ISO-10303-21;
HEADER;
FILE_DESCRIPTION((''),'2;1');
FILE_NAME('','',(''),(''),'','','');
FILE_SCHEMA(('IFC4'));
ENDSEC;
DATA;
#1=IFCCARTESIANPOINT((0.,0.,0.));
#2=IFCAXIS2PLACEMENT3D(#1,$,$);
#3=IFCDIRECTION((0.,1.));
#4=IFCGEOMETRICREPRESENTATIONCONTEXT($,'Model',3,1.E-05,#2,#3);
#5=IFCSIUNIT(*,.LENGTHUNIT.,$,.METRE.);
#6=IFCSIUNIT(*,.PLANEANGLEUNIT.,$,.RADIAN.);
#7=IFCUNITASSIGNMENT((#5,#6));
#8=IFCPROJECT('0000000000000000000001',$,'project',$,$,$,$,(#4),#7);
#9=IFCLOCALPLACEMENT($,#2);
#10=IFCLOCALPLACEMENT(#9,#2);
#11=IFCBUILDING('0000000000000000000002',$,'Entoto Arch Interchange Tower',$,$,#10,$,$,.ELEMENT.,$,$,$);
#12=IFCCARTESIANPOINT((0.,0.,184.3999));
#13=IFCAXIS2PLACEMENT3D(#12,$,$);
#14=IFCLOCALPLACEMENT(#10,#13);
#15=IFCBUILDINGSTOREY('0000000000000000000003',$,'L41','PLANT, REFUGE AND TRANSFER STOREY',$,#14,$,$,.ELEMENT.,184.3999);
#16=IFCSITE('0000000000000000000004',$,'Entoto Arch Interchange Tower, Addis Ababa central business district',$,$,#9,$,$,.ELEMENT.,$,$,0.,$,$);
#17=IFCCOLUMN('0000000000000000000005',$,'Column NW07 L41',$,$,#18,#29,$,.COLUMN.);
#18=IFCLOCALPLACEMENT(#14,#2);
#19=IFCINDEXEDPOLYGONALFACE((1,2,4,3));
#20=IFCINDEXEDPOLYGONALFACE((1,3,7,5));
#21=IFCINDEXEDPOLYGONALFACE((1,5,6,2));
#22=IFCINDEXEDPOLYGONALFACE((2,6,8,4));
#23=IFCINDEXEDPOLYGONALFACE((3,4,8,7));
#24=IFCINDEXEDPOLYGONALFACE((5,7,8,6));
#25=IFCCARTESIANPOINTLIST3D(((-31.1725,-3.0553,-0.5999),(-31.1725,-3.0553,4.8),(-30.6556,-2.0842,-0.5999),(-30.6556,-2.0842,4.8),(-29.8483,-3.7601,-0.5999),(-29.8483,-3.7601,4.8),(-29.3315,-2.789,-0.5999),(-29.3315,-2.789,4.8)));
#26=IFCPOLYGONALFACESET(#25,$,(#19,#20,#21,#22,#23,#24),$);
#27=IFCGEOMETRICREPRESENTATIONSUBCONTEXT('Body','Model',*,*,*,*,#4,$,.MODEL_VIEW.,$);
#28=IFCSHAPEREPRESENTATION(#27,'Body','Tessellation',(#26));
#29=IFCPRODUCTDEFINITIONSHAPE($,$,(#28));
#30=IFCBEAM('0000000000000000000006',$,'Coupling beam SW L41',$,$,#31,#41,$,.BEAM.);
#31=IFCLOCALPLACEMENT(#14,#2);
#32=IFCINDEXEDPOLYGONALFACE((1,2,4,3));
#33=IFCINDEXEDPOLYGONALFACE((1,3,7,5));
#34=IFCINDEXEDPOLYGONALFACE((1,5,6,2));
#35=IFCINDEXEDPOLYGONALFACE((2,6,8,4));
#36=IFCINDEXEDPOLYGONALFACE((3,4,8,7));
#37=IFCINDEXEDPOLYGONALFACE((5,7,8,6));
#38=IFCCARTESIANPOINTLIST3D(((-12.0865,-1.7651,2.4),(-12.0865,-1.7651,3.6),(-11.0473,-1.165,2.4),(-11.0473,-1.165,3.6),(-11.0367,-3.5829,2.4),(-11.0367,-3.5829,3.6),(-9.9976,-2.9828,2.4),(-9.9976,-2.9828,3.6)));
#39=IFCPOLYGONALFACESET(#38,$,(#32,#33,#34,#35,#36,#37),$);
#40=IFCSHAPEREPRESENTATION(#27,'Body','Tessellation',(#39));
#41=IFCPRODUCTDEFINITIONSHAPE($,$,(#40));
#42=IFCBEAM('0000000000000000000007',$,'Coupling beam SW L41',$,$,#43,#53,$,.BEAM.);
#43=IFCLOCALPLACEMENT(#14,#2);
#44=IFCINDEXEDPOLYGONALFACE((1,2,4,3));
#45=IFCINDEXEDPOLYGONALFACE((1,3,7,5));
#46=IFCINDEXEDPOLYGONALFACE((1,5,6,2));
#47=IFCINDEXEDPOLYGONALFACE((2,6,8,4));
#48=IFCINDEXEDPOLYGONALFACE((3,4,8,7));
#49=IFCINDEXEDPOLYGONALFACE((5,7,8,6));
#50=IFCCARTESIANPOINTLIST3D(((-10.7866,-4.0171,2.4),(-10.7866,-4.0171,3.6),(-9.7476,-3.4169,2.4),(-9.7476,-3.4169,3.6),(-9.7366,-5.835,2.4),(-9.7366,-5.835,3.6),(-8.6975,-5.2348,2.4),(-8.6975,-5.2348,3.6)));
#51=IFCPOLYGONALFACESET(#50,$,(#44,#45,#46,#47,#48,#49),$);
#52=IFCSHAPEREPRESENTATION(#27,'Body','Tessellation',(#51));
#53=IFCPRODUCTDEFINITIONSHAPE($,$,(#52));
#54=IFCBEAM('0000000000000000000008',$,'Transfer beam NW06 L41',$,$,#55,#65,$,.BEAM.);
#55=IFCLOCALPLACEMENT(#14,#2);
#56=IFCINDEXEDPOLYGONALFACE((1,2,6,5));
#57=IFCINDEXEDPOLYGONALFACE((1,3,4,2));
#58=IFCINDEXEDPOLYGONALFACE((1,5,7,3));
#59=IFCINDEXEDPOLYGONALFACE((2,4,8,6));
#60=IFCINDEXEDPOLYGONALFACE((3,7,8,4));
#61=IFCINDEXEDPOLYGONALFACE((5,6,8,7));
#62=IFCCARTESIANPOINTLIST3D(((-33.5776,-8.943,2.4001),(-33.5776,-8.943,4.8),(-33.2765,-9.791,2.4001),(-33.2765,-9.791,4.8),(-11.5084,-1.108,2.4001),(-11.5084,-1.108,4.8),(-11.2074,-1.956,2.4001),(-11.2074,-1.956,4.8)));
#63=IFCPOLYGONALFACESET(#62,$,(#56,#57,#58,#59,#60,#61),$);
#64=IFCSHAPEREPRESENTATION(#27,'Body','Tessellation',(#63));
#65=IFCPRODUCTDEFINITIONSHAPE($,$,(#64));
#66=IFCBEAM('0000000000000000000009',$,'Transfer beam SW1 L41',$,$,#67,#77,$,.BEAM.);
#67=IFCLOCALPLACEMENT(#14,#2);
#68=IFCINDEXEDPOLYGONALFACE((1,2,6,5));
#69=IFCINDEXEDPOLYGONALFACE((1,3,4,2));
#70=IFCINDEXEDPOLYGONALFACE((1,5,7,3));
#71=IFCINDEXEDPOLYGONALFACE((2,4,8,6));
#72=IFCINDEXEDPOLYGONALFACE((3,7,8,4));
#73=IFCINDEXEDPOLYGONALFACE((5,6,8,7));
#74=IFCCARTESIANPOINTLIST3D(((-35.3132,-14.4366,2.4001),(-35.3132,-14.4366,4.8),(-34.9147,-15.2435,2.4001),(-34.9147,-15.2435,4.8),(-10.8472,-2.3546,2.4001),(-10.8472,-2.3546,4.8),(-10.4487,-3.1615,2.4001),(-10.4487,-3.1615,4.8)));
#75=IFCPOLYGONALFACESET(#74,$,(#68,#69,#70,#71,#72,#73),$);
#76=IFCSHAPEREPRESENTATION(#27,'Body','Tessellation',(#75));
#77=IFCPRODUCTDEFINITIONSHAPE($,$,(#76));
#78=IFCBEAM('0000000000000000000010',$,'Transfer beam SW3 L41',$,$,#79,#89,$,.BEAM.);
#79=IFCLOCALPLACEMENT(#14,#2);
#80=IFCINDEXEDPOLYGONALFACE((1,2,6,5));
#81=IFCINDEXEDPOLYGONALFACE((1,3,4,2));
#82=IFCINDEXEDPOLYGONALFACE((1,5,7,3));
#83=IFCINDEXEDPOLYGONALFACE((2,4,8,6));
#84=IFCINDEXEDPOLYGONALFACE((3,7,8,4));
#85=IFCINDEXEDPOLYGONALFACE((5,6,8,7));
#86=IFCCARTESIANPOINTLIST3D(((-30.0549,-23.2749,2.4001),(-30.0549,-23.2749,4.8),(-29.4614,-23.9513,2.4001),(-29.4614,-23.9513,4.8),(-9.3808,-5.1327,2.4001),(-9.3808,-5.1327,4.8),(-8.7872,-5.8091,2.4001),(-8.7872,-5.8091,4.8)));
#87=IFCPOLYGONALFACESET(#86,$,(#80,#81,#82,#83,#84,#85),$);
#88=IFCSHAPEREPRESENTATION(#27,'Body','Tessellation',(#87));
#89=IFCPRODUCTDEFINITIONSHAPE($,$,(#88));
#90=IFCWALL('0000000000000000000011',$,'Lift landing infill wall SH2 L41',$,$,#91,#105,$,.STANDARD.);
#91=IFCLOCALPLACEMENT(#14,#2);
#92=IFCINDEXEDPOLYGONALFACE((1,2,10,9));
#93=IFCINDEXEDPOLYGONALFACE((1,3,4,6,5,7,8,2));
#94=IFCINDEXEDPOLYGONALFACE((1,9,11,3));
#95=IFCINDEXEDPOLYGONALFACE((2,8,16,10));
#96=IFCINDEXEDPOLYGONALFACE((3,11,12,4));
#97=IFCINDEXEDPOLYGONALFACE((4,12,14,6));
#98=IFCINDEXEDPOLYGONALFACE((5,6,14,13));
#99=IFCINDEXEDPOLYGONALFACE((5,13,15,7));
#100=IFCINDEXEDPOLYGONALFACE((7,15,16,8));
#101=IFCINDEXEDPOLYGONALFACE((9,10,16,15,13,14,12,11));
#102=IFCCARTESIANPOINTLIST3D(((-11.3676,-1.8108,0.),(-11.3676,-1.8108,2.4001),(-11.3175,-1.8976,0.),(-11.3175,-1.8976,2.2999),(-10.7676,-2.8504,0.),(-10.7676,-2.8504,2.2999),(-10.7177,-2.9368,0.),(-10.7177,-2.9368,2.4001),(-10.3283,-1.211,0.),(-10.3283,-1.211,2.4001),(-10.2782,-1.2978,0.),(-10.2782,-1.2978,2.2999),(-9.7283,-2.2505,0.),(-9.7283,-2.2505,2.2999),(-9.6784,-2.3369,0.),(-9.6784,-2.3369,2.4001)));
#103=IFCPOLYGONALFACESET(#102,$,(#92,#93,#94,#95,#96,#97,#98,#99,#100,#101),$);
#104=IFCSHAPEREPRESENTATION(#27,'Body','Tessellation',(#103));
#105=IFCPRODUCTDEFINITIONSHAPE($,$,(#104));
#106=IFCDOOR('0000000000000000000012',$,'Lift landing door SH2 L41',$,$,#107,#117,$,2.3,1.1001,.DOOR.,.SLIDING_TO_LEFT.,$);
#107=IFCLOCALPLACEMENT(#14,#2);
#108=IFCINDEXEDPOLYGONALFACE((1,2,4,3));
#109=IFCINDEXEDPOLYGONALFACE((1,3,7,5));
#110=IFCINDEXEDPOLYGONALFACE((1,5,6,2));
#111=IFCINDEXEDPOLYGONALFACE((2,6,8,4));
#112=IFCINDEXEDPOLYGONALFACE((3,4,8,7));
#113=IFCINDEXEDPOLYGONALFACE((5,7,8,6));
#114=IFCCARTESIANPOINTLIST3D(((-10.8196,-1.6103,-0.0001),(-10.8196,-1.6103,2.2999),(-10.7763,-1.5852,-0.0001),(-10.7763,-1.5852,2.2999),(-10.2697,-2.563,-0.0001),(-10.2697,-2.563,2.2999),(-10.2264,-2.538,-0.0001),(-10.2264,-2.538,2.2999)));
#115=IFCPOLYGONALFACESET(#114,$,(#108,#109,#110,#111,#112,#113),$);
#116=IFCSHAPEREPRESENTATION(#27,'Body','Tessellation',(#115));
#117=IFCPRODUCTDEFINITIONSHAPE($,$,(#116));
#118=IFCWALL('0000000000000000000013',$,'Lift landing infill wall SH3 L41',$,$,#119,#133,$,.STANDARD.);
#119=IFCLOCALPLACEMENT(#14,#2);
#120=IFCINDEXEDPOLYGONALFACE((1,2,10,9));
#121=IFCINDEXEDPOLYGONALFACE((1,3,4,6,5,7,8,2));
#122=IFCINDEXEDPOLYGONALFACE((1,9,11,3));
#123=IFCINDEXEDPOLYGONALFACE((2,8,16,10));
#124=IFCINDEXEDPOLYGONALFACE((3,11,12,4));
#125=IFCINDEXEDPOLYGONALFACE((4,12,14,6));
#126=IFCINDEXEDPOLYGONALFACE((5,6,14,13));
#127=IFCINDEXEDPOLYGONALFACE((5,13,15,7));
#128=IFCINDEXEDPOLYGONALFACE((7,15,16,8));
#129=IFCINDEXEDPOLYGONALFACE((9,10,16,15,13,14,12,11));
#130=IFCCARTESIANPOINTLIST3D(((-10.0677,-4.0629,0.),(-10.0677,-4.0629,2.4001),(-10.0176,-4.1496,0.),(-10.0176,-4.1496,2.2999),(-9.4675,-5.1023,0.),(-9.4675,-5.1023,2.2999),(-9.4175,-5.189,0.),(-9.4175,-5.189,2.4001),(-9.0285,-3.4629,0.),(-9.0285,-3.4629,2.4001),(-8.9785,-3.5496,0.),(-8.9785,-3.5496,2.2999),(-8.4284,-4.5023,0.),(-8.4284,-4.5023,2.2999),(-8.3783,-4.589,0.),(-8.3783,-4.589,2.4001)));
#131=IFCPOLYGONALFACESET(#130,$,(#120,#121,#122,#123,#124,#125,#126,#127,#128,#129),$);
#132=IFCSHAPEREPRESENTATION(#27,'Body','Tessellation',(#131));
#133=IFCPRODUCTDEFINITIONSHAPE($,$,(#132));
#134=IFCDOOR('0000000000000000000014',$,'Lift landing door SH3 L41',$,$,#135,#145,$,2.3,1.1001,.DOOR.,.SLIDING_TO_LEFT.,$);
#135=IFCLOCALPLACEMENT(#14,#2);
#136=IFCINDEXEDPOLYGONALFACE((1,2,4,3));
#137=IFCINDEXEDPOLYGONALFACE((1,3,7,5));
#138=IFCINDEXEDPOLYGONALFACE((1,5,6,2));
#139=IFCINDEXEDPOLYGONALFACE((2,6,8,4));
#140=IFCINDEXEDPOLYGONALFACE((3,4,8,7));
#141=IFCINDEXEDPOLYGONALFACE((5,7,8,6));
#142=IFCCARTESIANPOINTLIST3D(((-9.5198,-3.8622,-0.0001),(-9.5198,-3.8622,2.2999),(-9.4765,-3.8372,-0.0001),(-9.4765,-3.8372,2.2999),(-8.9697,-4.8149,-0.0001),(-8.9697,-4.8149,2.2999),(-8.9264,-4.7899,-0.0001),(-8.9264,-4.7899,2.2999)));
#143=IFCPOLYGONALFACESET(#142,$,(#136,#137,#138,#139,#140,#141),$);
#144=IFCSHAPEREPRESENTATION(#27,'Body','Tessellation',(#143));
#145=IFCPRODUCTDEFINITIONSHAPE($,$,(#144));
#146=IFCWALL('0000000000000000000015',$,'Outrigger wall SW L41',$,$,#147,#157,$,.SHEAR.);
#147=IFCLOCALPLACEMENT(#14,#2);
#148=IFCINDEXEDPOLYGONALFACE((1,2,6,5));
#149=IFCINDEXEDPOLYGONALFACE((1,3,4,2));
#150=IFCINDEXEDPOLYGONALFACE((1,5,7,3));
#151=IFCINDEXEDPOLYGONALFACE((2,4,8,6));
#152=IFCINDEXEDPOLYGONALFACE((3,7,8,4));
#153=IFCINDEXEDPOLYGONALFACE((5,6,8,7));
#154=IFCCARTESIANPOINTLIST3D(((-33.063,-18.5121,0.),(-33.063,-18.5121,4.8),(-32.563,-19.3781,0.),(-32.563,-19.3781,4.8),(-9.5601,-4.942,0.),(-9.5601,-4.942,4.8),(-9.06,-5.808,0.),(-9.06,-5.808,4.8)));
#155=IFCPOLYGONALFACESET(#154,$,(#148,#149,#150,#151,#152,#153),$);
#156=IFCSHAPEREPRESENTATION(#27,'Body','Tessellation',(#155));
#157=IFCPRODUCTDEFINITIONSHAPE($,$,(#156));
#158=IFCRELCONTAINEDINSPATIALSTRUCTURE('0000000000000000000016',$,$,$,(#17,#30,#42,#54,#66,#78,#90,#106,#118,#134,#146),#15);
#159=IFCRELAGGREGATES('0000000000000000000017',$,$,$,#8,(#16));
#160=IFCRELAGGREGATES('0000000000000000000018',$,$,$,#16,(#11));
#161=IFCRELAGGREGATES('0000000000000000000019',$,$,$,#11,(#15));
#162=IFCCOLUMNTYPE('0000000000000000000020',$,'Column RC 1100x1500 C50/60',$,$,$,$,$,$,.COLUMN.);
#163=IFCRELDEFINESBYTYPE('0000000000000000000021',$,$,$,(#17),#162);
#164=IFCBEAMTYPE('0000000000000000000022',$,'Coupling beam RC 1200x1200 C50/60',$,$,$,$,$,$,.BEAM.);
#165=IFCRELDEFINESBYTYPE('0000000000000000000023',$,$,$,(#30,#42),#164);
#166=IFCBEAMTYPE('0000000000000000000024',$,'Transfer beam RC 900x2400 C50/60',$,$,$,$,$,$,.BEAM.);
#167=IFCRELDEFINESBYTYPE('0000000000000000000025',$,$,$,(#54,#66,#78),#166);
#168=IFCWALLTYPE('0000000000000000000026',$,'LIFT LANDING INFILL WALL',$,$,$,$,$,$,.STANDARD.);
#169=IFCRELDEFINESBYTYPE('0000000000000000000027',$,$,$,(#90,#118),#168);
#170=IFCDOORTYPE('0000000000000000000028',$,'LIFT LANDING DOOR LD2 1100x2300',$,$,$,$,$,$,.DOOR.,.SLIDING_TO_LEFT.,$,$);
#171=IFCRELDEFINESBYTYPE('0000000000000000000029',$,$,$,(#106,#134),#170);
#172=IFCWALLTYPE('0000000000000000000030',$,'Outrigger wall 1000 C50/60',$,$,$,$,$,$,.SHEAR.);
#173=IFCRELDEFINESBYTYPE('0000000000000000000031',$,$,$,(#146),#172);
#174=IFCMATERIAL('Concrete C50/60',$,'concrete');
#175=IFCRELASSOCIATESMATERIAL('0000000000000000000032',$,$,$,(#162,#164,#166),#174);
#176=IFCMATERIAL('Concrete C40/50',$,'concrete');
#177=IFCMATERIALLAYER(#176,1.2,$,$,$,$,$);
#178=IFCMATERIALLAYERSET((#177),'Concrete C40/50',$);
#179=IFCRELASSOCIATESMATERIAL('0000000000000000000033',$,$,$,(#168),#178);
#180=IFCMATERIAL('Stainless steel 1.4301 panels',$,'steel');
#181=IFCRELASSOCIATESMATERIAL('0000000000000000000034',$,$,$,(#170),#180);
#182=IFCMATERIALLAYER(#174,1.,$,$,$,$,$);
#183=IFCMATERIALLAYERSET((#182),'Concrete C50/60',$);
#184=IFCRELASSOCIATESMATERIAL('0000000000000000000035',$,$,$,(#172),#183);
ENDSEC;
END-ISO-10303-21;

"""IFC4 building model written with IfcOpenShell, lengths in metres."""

from ifc_helpers import new_model, si_unit, direction, frame, frame_2d, origin, origin_2d, place, context, subcontext, project, spatial, rectangle, extrude, material, layer, layer_set, material_profile, profile_set, type_object, element, fill, save


model = new_model("IFC4")

# Units and contexts
model_context = context("Model", 3, precision=1e-05, world=origin(), true_north=direction((0.0, 1.0)))
body_context = subcontext(model_context, "Body", "Model", "MODEL_VIEW")
ifc_project = project(units=[si_unit("LENGTHUNIT", "METRE"), si_unit("PLANEANGLEUNIT", "RADIAN")], contexts=[model_context])

# Site, building, storey
site_placement = place(None, origin())
site = spatial("IfcSite", under=ifc_project, at=site_placement, Name="Entoto Arch Interchange Tower, Addis Ababa central business district", CompositionType="ELEMENT", RefElevation=0.0)
building_placement = place(site_placement, origin())
building = spatial("IfcBuilding", under=site, at=building_placement, Name="Entoto Arch Interchange Tower", CompositionType="ELEMENT")
storey_placement = place(building_placement, frame((0.0, 0.0, 184.3999)))
storey = spatial("IfcBuildingStorey", under=building, at=storey_placement, Name="L41", Description="PLANT, REFUGE AND TRANSFER STOREY", CompositionType="ELEMENT", Elevation=184.3999)

# Column
ifc_material_1 = material(Name="Concrete C50/60", Category="concrete")
ifc_material_profile_1 = material_profile(ifc_material_1, rectangle(XDim=1.1001, YDim=1.5, at=origin_2d()))
ifc_profile_set_1 = profile_set([ifc_material_profile_1], Name="Concrete C50/60")
column_type = type_object("IfcColumnType", Name="Column RC 1100x1500 C50/60", PredefinedType="COLUMN", material=ifc_profile_set_1)
column_placement = place(storey_placement, frame((-30.252, -2.9221, -0.5999), z_axis=(0.0, 0.0, 1.0), x_axis=(0.469857, 0.882743, 0.0)))
element("IfcColumn", 1, at=column_placement, inside=storey, type_object=column_type, Name="Column NW07 L41", PredefinedType="COLUMN", context=body_context, shape_type="SweptSolid", body=[
    extrude(rectangle(XDim=1.1001, YDim=1.5, at=origin_2d()), origin(), (0.0, 0.0, 1.0), 5.3999),
])

# Beams
ifc_material_profile_2 = material_profile(ifc_material_1, rectangle(XDim=1.2, YDim=1.2, at=origin_2d()))
ifc_profile_set_2 = profile_set([ifc_material_profile_2], Name="Concrete C50/60")
beam_type_1 = type_object("IfcBeamType", Name="Coupling beam RC 1200x1200 C50/60", PredefinedType="BEAM", material=ifc_profile_set_2)
beam_1_placement = place(storey_placement, frame((-11.5669, -1.4651, 3.0), z_axis=(0.500092, -0.865973, 0.0), x_axis=(0.865973, 0.500092, 0.0)))
element("IfcBeam", 2, at=beam_1_placement, inside=storey, type_object=beam_type_1, Name="Coupling beam SW L41", PredefinedType="BEAM", context=body_context, shape_type="SweptSolid", body=[
    extrude(rectangle(XDim=1.2, YDim=1.2, at=origin_2d()), origin(), (0.0, 0.0, 1.0), 2.0991),
])
beam_2_placement = place(storey_placement, frame((-10.2671, -3.717, 3.0), z_axis=(0.500179, -0.865922, 0.0), x_axis=(0.865922, 0.500179, 0.0)))
element("IfcBeam", 3, at=beam_2_placement, inside=storey, type_object=beam_type_1, Name="Coupling beam SW L41", PredefinedType="BEAM", context=body_context, shape_type="SweptSolid", body=[
    extrude(rectangle(XDim=1.2, YDim=1.2, at=origin_2d()), origin(), (0.0, 0.0, 1.0), 2.0994),
])
ifc_material_profile_3 = material_profile(ifc_material_1, rectangle(XDim=0.8999, YDim=2.3999, at=origin_2d()))
ifc_profile_set_3 = profile_set([ifc_material_profile_3], Name="Concrete C50/60")
beam_type_2 = type_object("IfcBeamType", Name="Transfer beam RC 900x2400 C50/60", PredefinedType="BEAM", material=ifc_profile_set_3)
beam_3_placement = place(storey_placement, frame((-11.3579, -1.532, 3.6001), z_axis=(-0.942374, -0.334561, 0.0), x_axis=(0.334561, -0.942374, 0.0)))
element("IfcBeam", 4, at=beam_3_placement, inside=storey, type_object=beam_type_2, Name="Transfer beam NW06 L41", PredefinedType="BEAM", context=body_context, shape_type="SweptSolid", body=[
    extrude(rectangle(XDim=0.8999, YDim=2.3999, at=origin_2d()), origin(), (0.0, 0.0, 1.0), 23.4187),
])
beam_4_placement = place(storey_placement, frame((-10.6479, -2.7581, 3.6001), z_axis=(-0.89663, -0.442781, 0.0), x_axis=(0.442781, -0.89663, 0.0)))
element("IfcBeam", 5, at=beam_4_placement, inside=storey, type_object=beam_type_2, Name="Transfer beam SW1 L41", PredefinedType="BEAM", context=body_context, shape_type="SweptSolid", body=[
    extrude(rectangle(XDim=0.8999, YDim=2.3999, at=origin_2d()), origin(), (0.0, 0.0, 1.0), 27.2866),
])
beam_5_placement = place(storey_placement, frame((-9.084, -5.4709, 3.6001), z_axis=(-0.751634, -0.65958, 0.0), x_axis=(0.65958, -0.751634, 0.0)))
element("IfcBeam", 6, at=beam_5_placement, inside=storey, type_object=beam_type_2, Name="Transfer beam SW3 L41", PredefinedType="BEAM", context=body_context, shape_type="SweptSolid", body=[
    extrude(rectangle(XDim=0.8999, YDim=2.3999, at=origin_2d()), origin(), (0.0, 0.0, 1.0), 27.5056),
])

# Walls, openings, doors
ifc_material_2 = material(Name="Concrete C40/50", Category="concrete")
ifc_layer_1 = layer(ifc_material_2, 1.2)
ifc_layer_set_1 = layer_set([ifc_layer_1], Name="Concrete C40/50")
wall_type_1 = type_object("IfcWallType", Name="LIFT LANDING INFILL WALL", PredefinedType="STANDARD", material=ifc_layer_set_1)
wall_1_placement = place(storey_placement, frame((-10.8479, -1.511, 0.0), z_axis=(0.0, 0.0, 1.0), x_axis=(0.499896, -0.866086, 0.0)))
wall_1 = element("IfcWall", 7, at=wall_1_placement, inside=storey, type_object=wall_type_1, Name="Lift landing infill wall SH2 L41", PredefinedType="STANDARD", context=body_context, shape_type="SweptSolid", body=[
    extrude(rectangle(XDim=1.3, YDim=1.2, at=frame_2d((0.6499, 0.0))), origin(), (0.0, 0.0, 1.0), 2.4001),
])
opening_1_placement = place(wall_1_placement, frame((0.1001, 0.0, 0.0)))
opening_1 = element("IfcOpeningElement", 8, at=opening_1_placement, cuts=wall_1, PredefinedType="OPENING", context=body_context, shape_type="SweptSolid", body=[
    extrude(rectangle(XDim=1.1001, YDim=2.3, at=frame_2d((0.55, 1.1499))), frame((0.0, 0.6099, 0.0), z_axis=(0.0, -1.0, 0.0), x_axis=(1.0, 0.0, 0.0)), (0.0, 0.0, 1.0), 1.22),
])
ifc_material_3 = material(Name="Stainless steel 1.4301 panels", Category="steel")
door_type_1 = type_object("IfcDoorType", Name="LIFT LANDING DOOR LD2 1100x2300", OperationType="SLIDING_TO_LEFT", PredefinedType="DOOR", material=ifc_material_3)
door_1_placement = place(opening_1_placement, origin())
door_1 = element("IfcDoor", 9, at=door_1_placement, inside=storey, type_object=door_type_1, Name="Lift landing door SH2 L41", OperationType="SLIDING_TO_LEFT", OverallHeight=2.3, OverallWidth=1.1001, PredefinedType="DOOR", context=body_context, shape_type="SweptSolid", body=[
    extrude(rectangle(XDim=1.1001, YDim=2.3, at=frame_2d((0.55, 1.1499))), frame((0.0, 0.0249, 0.0), z_axis=(0.0, -1.0, 0.0), x_axis=(1.0, 0.0, 0.0)), (0.0, 0.0, 1.0), 0.05),
])
fill(opening_1, door_1)
wall_2_placement = place(storey_placement, frame((-9.5481, -3.7629, 0.0), z_axis=(0.0, 0.0, 1.0), x_axis=(0.500037, -0.866004, 0.0)))
wall_2 = element("IfcWall", 10, at=wall_2_placement, inside=storey, type_object=wall_type_1, Name="Lift landing infill wall SH3 L41", PredefinedType="STANDARD", context=body_context, shape_type="SweptSolid", body=[
    extrude(rectangle(XDim=1.3003, YDim=1.2, at=frame_2d((0.6501, 0.0))), origin(), (0.0, 0.0, 1.0), 2.4001),
])
opening_2_placement = place(wall_2_placement, frame((0.1001, 0.0, 0.0)))
opening_2 = element("IfcOpeningElement", 11, at=opening_2_placement, cuts=wall_2, PredefinedType="OPENING", context=body_context, shape_type="SweptSolid", body=[
    extrude(rectangle(XDim=1.1001, YDim=2.3, at=frame_2d((0.55, 1.1499))), frame((0.0, 0.6099, 0.0), z_axis=(0.0, -1.0, 0.0), x_axis=(1.0, 0.0, 0.0)), (0.0, 0.0, 1.0), 1.22),
])
door_2_placement = place(opening_2_placement, origin())
door_2 = element("IfcDoor", 12, at=door_2_placement, inside=storey, type_object=door_type_1, Name="Lift landing door SH3 L41", OperationType="SLIDING_TO_LEFT", OverallHeight=2.3, OverallWidth=1.1001, PredefinedType="DOOR", context=body_context, shape_type="SweptSolid", body=[
    extrude(rectangle(XDim=1.1001, YDim=2.3, at=frame_2d((0.55, 1.1499))), frame((0.0, 0.0249, 0.0), z_axis=(0.0, -1.0, 0.0), x_axis=(1.0, 0.0, 0.0)), (0.0, 0.0, 1.0), 0.05),
])
fill(opening_2, door_2)

# Wall
ifc_layer_2 = layer(ifc_material_1, 1.0)
ifc_layer_set_2 = layer_set([ifc_layer_2], Name="Concrete C50/60")
wall_type_2 = type_object("IfcWallType", Name="Outrigger wall 1000 C50/60", PredefinedType="SHEAR", material=ifc_layer_set_2)
wall_3_placement = place(storey_placement, frame((-9.3101, -5.375, 0.0), z_axis=(0.0, 0.0, 1.0), x_axis=(-0.866015, -0.500018, 0.0)))
element("IfcWall", 13, at=wall_3_placement, inside=storey, type_object=wall_type_2, Name="Outrigger wall SW L41", PredefinedType="SHEAR", context=body_context, shape_type="SweptSolid", body=[
    extrude(rectangle(XDim=27.1392, YDim=1.0, at=frame_2d((13.5696, 0.0))), origin(), (0.0, 0.0, 1.0), 4.8),
])

save(model, "model.ifc")
